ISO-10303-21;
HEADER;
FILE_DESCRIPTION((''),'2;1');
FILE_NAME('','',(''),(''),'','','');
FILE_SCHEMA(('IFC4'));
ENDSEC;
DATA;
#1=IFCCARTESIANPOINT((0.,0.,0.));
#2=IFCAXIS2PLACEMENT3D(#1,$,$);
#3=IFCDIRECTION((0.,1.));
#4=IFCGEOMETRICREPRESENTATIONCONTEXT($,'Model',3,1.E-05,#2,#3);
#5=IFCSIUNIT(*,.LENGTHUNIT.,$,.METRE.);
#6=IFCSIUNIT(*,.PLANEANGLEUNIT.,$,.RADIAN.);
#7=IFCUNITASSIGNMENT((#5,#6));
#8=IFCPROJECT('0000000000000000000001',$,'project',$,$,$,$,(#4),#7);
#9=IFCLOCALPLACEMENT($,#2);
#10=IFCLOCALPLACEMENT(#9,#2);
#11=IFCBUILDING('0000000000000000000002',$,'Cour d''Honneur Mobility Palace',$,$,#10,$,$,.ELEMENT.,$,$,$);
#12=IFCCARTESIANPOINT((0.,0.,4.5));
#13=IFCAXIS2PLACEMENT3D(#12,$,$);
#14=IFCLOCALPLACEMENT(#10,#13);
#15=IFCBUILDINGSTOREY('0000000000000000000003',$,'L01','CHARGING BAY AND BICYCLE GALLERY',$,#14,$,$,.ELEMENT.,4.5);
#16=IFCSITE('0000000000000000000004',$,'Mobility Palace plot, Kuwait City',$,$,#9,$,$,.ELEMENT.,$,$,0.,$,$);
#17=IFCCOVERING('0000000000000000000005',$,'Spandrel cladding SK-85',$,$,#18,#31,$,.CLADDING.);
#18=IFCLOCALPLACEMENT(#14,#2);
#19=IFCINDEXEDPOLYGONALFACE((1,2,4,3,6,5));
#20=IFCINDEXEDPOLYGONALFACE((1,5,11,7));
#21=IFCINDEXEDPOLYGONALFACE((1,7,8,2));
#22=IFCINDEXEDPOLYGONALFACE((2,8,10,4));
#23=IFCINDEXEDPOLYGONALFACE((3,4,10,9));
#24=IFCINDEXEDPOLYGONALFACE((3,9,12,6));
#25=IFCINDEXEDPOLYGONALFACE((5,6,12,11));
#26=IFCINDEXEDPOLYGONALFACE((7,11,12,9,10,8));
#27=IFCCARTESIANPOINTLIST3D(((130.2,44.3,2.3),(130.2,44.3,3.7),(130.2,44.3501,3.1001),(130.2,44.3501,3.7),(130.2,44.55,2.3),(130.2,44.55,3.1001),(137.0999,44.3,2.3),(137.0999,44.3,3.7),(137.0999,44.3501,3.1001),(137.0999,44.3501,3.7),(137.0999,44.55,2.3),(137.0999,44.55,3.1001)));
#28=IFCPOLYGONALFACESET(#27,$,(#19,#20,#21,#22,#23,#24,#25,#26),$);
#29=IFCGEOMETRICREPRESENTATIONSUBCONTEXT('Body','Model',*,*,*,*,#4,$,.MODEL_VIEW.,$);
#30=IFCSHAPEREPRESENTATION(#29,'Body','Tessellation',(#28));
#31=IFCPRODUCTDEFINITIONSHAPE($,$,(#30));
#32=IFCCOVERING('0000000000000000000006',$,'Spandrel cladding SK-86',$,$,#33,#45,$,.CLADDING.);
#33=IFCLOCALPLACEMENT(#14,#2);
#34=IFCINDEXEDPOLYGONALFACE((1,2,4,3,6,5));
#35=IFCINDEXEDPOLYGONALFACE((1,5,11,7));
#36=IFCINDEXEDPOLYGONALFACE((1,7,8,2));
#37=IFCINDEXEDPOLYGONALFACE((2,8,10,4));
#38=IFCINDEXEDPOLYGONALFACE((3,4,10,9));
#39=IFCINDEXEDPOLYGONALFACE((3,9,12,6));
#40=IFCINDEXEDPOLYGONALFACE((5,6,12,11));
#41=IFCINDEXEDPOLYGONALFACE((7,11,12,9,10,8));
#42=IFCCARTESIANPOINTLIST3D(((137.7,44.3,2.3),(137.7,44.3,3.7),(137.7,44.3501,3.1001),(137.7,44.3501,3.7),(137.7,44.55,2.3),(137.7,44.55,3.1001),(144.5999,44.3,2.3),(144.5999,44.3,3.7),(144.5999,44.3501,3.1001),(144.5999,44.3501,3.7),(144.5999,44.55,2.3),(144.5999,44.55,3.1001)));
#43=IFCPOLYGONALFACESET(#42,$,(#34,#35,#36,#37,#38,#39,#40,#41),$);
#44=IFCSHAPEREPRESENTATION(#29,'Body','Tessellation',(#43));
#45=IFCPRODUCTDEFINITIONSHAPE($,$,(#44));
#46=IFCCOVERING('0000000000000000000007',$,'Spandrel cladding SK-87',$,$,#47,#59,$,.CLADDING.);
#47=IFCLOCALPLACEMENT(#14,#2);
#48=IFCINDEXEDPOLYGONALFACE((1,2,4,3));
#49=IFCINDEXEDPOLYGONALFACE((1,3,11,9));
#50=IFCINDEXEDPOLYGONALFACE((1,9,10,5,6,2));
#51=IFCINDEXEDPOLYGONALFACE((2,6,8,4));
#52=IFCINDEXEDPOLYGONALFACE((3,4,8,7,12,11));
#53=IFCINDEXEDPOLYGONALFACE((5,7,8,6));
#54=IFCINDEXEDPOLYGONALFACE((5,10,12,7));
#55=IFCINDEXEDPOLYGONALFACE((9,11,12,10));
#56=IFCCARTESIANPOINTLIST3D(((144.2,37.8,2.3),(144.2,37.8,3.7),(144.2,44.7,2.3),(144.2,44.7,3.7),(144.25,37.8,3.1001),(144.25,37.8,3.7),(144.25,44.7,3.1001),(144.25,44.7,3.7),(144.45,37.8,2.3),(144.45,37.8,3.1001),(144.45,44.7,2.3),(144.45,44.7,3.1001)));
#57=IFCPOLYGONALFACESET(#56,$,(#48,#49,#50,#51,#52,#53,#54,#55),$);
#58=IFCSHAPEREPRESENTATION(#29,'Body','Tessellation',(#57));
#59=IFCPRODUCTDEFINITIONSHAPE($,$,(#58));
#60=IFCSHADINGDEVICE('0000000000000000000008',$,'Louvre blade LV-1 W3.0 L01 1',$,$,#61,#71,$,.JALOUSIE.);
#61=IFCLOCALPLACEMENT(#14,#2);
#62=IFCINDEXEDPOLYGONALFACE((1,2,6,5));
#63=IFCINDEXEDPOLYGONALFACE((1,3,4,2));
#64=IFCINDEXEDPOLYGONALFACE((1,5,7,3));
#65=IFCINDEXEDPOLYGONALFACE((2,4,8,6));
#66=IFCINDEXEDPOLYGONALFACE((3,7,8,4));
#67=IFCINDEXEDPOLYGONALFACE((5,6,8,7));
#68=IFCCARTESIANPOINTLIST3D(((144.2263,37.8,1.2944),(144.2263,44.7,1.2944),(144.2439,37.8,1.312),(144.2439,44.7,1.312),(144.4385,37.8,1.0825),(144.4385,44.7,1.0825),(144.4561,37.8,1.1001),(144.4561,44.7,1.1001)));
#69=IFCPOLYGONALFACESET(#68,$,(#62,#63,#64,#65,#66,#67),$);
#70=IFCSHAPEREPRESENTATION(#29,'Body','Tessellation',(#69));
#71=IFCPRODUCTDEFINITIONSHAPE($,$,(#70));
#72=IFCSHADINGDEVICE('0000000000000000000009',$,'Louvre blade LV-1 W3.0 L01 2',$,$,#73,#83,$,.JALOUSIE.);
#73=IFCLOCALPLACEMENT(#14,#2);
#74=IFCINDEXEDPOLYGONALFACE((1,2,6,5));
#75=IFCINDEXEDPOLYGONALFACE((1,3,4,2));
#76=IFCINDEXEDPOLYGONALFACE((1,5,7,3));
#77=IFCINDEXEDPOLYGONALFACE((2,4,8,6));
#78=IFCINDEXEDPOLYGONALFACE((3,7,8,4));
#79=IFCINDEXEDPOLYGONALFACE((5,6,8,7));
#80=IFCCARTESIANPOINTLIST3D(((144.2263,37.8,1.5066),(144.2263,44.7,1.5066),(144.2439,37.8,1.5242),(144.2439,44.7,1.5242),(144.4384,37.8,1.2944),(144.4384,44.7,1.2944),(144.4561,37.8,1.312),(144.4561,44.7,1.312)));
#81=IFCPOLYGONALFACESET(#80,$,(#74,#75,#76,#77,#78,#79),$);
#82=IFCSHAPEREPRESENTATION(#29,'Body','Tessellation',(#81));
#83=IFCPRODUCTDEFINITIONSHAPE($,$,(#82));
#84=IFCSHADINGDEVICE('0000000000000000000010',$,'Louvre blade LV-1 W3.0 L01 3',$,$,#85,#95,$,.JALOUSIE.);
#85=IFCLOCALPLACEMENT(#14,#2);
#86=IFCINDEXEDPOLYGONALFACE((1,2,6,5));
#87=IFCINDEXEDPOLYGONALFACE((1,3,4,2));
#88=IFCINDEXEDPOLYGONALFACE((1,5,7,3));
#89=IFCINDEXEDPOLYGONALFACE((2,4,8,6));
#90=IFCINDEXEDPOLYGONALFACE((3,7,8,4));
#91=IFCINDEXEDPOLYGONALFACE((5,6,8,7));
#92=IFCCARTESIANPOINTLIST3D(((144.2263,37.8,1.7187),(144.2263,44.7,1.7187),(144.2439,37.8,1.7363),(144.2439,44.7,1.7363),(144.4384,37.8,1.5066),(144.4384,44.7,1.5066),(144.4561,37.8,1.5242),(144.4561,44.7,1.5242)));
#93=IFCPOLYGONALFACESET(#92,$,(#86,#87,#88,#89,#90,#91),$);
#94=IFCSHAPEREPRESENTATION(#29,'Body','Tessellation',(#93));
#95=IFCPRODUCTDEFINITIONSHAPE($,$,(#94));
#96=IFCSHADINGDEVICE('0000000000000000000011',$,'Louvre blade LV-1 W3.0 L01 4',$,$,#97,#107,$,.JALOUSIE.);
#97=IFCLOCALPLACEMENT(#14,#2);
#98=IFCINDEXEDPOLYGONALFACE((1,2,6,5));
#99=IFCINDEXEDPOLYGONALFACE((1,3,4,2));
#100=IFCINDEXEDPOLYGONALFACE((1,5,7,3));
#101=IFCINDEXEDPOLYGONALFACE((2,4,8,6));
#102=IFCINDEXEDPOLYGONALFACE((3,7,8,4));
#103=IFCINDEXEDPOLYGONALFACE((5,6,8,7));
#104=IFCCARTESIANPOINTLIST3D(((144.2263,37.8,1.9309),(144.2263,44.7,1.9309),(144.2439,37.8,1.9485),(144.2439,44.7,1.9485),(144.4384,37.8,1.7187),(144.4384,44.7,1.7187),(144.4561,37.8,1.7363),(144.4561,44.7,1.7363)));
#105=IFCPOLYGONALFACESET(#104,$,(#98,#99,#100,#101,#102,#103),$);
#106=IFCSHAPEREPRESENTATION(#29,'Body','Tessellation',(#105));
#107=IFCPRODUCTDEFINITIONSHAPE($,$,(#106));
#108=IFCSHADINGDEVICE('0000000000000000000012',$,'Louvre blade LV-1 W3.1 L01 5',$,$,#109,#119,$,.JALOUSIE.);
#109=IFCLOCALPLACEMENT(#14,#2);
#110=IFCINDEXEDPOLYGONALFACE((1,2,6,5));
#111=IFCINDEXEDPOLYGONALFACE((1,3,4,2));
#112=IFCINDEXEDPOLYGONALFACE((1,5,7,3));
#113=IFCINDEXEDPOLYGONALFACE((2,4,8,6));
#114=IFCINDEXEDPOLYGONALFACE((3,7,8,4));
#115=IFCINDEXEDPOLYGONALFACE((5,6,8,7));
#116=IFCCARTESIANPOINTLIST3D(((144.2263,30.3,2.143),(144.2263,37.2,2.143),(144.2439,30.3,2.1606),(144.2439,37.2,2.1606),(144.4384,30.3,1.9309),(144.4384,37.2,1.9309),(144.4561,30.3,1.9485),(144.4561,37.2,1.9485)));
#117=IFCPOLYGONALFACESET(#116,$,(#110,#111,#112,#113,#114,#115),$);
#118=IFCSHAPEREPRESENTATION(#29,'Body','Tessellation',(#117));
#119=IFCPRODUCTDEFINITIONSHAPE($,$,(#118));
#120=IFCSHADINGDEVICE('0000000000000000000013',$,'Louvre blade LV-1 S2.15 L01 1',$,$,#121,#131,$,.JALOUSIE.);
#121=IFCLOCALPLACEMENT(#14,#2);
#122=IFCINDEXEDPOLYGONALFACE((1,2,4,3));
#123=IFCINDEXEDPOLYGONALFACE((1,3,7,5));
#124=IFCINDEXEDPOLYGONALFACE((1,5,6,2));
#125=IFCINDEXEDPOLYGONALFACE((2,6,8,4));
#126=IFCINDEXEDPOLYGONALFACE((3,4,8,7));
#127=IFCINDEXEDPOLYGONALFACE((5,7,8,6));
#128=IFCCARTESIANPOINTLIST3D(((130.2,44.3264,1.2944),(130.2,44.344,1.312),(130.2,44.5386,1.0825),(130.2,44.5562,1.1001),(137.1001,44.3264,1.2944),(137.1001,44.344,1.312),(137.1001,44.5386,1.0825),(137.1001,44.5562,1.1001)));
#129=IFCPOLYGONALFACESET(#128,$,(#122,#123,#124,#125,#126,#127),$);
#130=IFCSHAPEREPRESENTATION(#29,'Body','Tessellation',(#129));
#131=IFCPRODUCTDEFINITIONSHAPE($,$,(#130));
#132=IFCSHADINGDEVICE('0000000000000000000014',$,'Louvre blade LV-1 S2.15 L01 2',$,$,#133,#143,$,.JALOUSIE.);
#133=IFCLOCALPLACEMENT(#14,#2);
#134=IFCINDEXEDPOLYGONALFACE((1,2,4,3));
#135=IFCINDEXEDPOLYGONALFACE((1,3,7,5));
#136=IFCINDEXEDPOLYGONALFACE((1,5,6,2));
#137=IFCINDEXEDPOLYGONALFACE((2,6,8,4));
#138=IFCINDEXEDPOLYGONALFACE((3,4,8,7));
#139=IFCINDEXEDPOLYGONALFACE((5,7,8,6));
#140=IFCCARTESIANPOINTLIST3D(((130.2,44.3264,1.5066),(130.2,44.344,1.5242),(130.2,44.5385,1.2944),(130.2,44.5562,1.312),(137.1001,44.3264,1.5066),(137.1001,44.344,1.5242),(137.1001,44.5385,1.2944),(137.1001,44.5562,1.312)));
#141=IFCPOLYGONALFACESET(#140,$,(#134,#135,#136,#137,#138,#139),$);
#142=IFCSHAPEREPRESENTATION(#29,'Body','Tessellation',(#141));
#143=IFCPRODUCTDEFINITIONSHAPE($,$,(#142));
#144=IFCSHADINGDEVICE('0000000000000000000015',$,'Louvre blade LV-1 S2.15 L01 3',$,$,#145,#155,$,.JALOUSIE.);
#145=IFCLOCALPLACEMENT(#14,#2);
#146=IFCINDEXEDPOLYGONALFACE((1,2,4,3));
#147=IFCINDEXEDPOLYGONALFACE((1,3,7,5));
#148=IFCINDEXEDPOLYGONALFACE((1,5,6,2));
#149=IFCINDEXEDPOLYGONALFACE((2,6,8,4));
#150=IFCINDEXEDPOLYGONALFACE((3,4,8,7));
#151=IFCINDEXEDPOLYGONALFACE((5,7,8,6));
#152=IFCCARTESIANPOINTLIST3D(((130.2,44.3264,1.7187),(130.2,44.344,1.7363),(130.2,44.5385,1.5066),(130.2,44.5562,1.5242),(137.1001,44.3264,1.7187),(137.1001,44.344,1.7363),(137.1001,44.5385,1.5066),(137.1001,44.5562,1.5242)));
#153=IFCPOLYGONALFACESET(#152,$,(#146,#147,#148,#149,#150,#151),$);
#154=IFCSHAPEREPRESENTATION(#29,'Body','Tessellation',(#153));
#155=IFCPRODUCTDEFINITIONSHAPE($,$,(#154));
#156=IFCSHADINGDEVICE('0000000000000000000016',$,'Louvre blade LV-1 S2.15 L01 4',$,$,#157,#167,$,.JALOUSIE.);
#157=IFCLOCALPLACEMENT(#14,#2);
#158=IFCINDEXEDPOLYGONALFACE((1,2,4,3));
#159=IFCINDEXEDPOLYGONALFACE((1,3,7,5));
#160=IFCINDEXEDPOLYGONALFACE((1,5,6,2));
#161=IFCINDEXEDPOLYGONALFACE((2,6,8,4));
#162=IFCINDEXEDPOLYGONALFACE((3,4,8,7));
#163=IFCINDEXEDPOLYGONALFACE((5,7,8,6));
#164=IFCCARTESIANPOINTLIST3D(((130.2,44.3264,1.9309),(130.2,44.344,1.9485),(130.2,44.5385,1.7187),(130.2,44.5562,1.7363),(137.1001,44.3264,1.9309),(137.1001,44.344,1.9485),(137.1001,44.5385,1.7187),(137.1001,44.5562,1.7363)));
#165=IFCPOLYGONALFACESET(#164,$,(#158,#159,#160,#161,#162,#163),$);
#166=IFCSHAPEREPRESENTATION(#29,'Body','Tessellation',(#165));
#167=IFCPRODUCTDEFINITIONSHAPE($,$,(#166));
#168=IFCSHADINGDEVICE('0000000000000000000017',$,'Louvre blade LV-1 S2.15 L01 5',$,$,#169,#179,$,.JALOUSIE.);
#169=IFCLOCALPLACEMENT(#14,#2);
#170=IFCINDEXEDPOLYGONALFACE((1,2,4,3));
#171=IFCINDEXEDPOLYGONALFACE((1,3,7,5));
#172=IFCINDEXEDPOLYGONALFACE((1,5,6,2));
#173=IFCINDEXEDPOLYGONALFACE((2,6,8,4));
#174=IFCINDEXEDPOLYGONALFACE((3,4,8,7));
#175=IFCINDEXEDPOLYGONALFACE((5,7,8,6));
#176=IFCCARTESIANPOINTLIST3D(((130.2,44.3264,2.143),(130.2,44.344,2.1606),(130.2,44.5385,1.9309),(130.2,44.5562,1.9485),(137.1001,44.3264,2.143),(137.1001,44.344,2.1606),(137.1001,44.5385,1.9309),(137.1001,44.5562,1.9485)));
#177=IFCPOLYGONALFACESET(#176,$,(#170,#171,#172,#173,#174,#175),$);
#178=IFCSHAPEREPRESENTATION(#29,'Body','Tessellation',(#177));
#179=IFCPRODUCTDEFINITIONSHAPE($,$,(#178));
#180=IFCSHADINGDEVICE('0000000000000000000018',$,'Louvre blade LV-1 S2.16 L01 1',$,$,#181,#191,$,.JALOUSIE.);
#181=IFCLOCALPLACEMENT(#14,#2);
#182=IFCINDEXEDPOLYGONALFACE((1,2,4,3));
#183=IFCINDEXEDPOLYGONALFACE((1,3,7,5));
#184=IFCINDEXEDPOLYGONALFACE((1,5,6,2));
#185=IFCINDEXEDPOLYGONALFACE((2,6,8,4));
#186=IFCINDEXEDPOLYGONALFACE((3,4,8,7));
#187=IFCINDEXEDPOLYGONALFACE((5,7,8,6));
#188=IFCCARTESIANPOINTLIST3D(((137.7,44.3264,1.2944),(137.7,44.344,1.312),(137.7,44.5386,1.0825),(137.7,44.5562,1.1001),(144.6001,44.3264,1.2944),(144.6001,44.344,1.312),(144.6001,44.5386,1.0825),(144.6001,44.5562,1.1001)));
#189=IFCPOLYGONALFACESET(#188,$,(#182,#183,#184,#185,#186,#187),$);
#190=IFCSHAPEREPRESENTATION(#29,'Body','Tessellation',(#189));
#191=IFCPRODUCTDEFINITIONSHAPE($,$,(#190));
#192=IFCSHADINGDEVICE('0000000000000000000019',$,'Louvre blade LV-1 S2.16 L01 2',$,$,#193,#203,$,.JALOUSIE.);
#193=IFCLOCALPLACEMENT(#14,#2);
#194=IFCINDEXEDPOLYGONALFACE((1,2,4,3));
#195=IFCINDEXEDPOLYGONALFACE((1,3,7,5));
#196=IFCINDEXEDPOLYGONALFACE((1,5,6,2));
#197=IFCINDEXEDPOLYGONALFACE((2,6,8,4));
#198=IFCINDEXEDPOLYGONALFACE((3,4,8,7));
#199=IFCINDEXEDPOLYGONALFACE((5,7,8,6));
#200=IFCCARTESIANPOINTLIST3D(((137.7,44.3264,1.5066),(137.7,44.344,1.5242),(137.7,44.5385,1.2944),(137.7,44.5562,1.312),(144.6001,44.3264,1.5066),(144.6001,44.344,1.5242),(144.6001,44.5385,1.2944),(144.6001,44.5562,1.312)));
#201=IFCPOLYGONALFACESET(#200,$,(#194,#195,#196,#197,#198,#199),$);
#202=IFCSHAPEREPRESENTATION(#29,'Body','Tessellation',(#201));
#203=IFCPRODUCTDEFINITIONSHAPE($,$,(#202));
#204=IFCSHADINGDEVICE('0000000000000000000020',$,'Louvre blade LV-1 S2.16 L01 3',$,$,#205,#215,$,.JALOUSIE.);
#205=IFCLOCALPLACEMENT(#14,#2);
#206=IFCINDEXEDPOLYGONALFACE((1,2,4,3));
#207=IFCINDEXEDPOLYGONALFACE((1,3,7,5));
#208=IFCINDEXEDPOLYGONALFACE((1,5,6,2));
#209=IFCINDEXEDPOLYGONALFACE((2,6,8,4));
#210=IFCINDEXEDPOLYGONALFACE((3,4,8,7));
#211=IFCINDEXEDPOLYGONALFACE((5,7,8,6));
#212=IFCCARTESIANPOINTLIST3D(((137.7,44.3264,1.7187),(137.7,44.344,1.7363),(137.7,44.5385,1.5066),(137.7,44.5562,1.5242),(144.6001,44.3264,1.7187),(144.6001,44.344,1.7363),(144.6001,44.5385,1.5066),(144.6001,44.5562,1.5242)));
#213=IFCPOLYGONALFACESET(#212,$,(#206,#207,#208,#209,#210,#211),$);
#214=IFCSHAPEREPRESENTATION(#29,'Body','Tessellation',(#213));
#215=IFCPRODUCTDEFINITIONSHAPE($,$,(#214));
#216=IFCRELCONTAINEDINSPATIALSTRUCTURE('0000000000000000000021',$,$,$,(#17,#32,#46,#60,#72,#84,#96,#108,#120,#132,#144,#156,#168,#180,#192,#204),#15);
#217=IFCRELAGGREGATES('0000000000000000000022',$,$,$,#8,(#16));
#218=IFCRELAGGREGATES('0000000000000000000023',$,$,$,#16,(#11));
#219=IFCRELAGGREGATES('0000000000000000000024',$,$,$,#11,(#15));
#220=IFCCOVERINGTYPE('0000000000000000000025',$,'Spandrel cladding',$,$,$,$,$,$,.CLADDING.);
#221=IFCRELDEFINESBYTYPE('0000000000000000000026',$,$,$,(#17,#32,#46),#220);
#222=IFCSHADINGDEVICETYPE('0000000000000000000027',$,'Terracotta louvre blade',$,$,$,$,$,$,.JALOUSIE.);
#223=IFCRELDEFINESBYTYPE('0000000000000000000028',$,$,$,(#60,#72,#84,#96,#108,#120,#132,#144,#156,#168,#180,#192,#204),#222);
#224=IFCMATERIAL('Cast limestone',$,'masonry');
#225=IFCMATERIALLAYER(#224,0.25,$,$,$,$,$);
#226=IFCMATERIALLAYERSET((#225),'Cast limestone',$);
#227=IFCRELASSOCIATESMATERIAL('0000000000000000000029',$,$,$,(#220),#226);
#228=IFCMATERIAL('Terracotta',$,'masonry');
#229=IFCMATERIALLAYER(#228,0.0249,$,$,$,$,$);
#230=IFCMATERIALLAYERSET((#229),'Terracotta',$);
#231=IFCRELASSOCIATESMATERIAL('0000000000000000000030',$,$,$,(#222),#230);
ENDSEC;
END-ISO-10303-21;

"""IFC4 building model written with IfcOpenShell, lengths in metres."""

from ifc_helpers import new_model, si_unit, direction, frame, origin, place, context, subcontext, project, spatial, polyline, outline, extrude, material, layer, layer_set, type_object, element, save


model = new_model("IFC4")

# Units and contexts
model_context = context("Model", 3, precision=1e-05, world=origin(), true_north=direction((0.0, 1.0)))
body_context = subcontext(model_context, "Body", "Model", "MODEL_VIEW")
ifc_project = project(units=[si_unit("LENGTHUNIT", "METRE"), si_unit("PLANEANGLEUNIT", "RADIAN")], contexts=[model_context])

# Site, building, storey
site_placement = place(None, origin())
site = spatial("IfcSite", under=ifc_project, at=site_placement, Name="Mobility Palace plot, Kuwait City", CompositionType="ELEMENT", RefElevation=0.0)
building_placement = place(site_placement, origin())
building = spatial("IfcBuilding", under=site, at=building_placement, Name="Cour d'Honneur Mobility Palace", CompositionType="ELEMENT")
storey_placement = place(building_placement, frame((0.0, 0.0, 4.5)))
storey = spatial("IfcBuildingStorey", under=building, at=storey_placement, Name="L01", Description="CHARGING BAY AND BICYCLE GALLERY", CompositionType="ELEMENT", Elevation=4.5)

# Coverings
ifc_material_1 = material(Name="Cast limestone", Category="masonry")
ifc_layer_1 = layer(ifc_material_1, 0.25)
ifc_layer_set_1 = layer_set([ifc_layer_1], Name="Cast limestone")
covering_type = type_object("IfcCoveringType", Name="Spandrel cladding", PredefinedType="CLADDING", material=ifc_layer_set_1)
for number, where, z_axis, x_axis, name in (
    (1, (130.2, 44.55, 2.3), (-1.0, 0.0, 0.0), (0.0, -1.0, 0.0), "Spandrel cladding SK-85"),
    (2, (137.7, 44.55, 2.3), (-1.0, 0.0, 0.0), (0.0, -1.0, 0.0), "Spandrel cladding SK-86"),
    (3, (144.45, 44.7, 2.3), (0.0, 1.0, 0.0), (-1.0, 0.0, 0.0), "Spandrel cladding SK-87"),
):
    element("IfcCovering", number, at=place(storey_placement, frame(where, z_axis=z_axis, x_axis=x_axis)), inside=storey, type_object=covering_type, Name=name, PredefinedType="CLADDING", context=body_context, shape_type="SweptSolid", body=[
        extrude(outline(polyline([(0.0, 0.0), (0.25, 0.0), (0.25, 1.3999), (0.2, 1.3999), (0.2, 0.8), (0.0, 0.8), (0.0, 0.0)])), origin(), (0.0, 0.0, -1.0), 6.8999),
    ])

# Shading devices
ifc_material_2 = material(Name="Terracotta", Category="masonry")
ifc_layer_2 = layer(ifc_material_2, 0.0249)
ifc_layer_set_2 = layer_set([ifc_layer_2], Name="Terracotta")
shading_device_type = type_object("IfcShadingDeviceType", Name="Terracotta louvre blade", PredefinedType="JALOUSIE", material=ifc_layer_set_2)
shading_device_1_placement = place(storey_placement, frame((144.4561, 44.7, 1.1001), z_axis=(0.7067, 0.0, 0.707514), x_axis=(0.0, -1.0, 0.0)))
element("IfcShadingDevice", 4, at=shading_device_1_placement, inside=storey, type_object=shading_device_type, Name="Louvre blade LV-1 W3.0 L01 1", PredefinedType="JALOUSIE", context=body_context, shape_type="SweptSolid", body=[
    extrude(outline(polyline([(0.0, 0.0), (6.8999, 0.0), (6.8999, -0.2999), (0.0, -0.2999), (0.0, 0.0)])), origin(), (0.0, 0.0, -1.0), 0.0249),
])
for number, where, z_axis, x_axis, name in (
    (5, (144.4561, 44.7, 1.312), (0.707107, 0.0, 0.707107), (0.0, -1.0, 0.0), "Louvre blade LV-1 W3.0 L01 2"),
    (6, (144.4561, 44.7, 1.5242), (0.707107, 0.0, 0.707107), (0.0, -1.0, 0.0), "Louvre blade LV-1 W3.0 L01 3"),
    (7, (144.4561, 44.7, 1.7363), (0.707107, 0.0, 0.707107), (0.0, -1.0, 0.0), "Louvre blade LV-1 W3.0 L01 4"),
    (8, (144.4561, 37.2, 1.9485), (0.707107, 0.0, 0.707107), (0.0, -1.0, 0.0), "Louvre blade LV-1 W3.1 L01 5"),
):
    element("IfcShadingDevice", number, at=place(storey_placement, frame(where, z_axis=z_axis, x_axis=x_axis)), inside=storey, type_object=shading_device_type, Name=name, PredefinedType="JALOUSIE", context=body_context, shape_type="SweptSolid", body=[
        extrude(outline(polyline([(0.0, 0.0), (6.8999, 0.0), (6.8999, -0.3), (0.0, -0.3), (0.0, 0.0)])), origin(), (0.0, 0.0, -1.0), 0.0249),
    ])
shading_device_2_placement = place(storey_placement, frame((130.2, 44.5562, 1.1001), z_axis=(0.0, 0.7067, 0.707514), x_axis=(1.0, 0.0, 0.0)))
element("IfcShadingDevice", 9, at=shading_device_2_placement, inside=storey, type_object=shading_device_type, Name="Louvre blade LV-1 S2.15 L01 1", PredefinedType="JALOUSIE", context=body_context, shape_type="SweptSolid", body=[
    extrude(outline(polyline([(0.0, 0.0), (6.9001, 0.0), (6.9001, -0.2999), (0.0, -0.2999), (0.0, 0.0)])), origin(), (0.0, 0.0, -1.0), 0.0249),
])
for number, where, z_axis, x_axis, name in (
    (10, (130.2, 44.5562, 1.312), (0.0, 0.707107, 0.707107), (1.0, 0.0, 0.0), "Louvre blade LV-1 S2.15 L01 2"),
    (11, (130.2, 44.5562, 1.5242), (0.0, 0.707107, 0.707107), (1.0, 0.0, 0.0), "Louvre blade LV-1 S2.15 L01 3"),
    (12, (130.2, 44.5562, 1.7363), (0.0, 0.707107, 0.707107), (1.0, 0.0, 0.0), "Louvre blade LV-1 S2.15 L01 4"),
    (13, (130.2, 44.5562, 1.9485), (0.0, 0.707107, 0.707107), (1.0, 0.0, 0.0), "Louvre blade LV-1 S2.15 L01 5"),
):
    element("IfcShadingDevice", number, at=place(storey_placement, frame(where, z_axis=z_axis, x_axis=x_axis)), inside=storey, type_object=shading_device_type, Name=name, PredefinedType="JALOUSIE", context=body_context, shape_type="SweptSolid", body=[
        extrude(outline(polyline([(0.0, 0.0), (6.9001, 0.0), (6.9001, -0.3), (0.0, -0.3), (0.0, 0.0)])), origin(), (0.0, 0.0, -1.0), 0.0249),
    ])
shading_device_3_placement = place(storey_placement, frame((137.7, 44.5562, 1.1001), z_axis=(0.0, 0.7067, 0.707514), x_axis=(1.0, 0.0, 0.0)))
element("IfcShadingDevice", 14, at=shading_device_3_placement, inside=storey, type_object=shading_device_type, Name="Louvre blade LV-1 S2.16 L01 1", PredefinedType="JALOUSIE", context=body_context, shape_type="SweptSolid", body=[
    extrude(outline(polyline([(0.0, 0.0), (6.9001, 0.0), (6.9001, -0.2999), (0.0, -0.2999), (0.0, 0.0)])), origin(), (0.0, 0.0, -1.0), 0.0249),
])
for number, where, z_axis, x_axis, name in (
    (15, (137.7, 44.5562, 1.312), (0.0, 0.707107, 0.707107), (1.0, 0.0, 0.0), "Louvre blade LV-1 S2.16 L01 2"),
    (16, (137.7, 44.5562, 1.5242), (0.0, 0.707107, 0.707107), (1.0, 0.0, 0.0), "Louvre blade LV-1 S2.16 L01 3"),
):
    element("IfcShadingDevice", number, at=place(storey_placement, frame(where, z_axis=z_axis, x_axis=x_axis)), inside=storey, type_object=shading_device_type, Name=name, PredefinedType="JALOUSIE", context=body_context, shape_type="SweptSolid", body=[
        extrude(outline(polyline([(0.0, 0.0), (6.9001, 0.0), (6.9001, -0.3), (0.0, -0.3), (0.0, 0.0)])), origin(), (0.0, 0.0, -1.0), 0.0249),
    ])

save(model, "model.ifc")
